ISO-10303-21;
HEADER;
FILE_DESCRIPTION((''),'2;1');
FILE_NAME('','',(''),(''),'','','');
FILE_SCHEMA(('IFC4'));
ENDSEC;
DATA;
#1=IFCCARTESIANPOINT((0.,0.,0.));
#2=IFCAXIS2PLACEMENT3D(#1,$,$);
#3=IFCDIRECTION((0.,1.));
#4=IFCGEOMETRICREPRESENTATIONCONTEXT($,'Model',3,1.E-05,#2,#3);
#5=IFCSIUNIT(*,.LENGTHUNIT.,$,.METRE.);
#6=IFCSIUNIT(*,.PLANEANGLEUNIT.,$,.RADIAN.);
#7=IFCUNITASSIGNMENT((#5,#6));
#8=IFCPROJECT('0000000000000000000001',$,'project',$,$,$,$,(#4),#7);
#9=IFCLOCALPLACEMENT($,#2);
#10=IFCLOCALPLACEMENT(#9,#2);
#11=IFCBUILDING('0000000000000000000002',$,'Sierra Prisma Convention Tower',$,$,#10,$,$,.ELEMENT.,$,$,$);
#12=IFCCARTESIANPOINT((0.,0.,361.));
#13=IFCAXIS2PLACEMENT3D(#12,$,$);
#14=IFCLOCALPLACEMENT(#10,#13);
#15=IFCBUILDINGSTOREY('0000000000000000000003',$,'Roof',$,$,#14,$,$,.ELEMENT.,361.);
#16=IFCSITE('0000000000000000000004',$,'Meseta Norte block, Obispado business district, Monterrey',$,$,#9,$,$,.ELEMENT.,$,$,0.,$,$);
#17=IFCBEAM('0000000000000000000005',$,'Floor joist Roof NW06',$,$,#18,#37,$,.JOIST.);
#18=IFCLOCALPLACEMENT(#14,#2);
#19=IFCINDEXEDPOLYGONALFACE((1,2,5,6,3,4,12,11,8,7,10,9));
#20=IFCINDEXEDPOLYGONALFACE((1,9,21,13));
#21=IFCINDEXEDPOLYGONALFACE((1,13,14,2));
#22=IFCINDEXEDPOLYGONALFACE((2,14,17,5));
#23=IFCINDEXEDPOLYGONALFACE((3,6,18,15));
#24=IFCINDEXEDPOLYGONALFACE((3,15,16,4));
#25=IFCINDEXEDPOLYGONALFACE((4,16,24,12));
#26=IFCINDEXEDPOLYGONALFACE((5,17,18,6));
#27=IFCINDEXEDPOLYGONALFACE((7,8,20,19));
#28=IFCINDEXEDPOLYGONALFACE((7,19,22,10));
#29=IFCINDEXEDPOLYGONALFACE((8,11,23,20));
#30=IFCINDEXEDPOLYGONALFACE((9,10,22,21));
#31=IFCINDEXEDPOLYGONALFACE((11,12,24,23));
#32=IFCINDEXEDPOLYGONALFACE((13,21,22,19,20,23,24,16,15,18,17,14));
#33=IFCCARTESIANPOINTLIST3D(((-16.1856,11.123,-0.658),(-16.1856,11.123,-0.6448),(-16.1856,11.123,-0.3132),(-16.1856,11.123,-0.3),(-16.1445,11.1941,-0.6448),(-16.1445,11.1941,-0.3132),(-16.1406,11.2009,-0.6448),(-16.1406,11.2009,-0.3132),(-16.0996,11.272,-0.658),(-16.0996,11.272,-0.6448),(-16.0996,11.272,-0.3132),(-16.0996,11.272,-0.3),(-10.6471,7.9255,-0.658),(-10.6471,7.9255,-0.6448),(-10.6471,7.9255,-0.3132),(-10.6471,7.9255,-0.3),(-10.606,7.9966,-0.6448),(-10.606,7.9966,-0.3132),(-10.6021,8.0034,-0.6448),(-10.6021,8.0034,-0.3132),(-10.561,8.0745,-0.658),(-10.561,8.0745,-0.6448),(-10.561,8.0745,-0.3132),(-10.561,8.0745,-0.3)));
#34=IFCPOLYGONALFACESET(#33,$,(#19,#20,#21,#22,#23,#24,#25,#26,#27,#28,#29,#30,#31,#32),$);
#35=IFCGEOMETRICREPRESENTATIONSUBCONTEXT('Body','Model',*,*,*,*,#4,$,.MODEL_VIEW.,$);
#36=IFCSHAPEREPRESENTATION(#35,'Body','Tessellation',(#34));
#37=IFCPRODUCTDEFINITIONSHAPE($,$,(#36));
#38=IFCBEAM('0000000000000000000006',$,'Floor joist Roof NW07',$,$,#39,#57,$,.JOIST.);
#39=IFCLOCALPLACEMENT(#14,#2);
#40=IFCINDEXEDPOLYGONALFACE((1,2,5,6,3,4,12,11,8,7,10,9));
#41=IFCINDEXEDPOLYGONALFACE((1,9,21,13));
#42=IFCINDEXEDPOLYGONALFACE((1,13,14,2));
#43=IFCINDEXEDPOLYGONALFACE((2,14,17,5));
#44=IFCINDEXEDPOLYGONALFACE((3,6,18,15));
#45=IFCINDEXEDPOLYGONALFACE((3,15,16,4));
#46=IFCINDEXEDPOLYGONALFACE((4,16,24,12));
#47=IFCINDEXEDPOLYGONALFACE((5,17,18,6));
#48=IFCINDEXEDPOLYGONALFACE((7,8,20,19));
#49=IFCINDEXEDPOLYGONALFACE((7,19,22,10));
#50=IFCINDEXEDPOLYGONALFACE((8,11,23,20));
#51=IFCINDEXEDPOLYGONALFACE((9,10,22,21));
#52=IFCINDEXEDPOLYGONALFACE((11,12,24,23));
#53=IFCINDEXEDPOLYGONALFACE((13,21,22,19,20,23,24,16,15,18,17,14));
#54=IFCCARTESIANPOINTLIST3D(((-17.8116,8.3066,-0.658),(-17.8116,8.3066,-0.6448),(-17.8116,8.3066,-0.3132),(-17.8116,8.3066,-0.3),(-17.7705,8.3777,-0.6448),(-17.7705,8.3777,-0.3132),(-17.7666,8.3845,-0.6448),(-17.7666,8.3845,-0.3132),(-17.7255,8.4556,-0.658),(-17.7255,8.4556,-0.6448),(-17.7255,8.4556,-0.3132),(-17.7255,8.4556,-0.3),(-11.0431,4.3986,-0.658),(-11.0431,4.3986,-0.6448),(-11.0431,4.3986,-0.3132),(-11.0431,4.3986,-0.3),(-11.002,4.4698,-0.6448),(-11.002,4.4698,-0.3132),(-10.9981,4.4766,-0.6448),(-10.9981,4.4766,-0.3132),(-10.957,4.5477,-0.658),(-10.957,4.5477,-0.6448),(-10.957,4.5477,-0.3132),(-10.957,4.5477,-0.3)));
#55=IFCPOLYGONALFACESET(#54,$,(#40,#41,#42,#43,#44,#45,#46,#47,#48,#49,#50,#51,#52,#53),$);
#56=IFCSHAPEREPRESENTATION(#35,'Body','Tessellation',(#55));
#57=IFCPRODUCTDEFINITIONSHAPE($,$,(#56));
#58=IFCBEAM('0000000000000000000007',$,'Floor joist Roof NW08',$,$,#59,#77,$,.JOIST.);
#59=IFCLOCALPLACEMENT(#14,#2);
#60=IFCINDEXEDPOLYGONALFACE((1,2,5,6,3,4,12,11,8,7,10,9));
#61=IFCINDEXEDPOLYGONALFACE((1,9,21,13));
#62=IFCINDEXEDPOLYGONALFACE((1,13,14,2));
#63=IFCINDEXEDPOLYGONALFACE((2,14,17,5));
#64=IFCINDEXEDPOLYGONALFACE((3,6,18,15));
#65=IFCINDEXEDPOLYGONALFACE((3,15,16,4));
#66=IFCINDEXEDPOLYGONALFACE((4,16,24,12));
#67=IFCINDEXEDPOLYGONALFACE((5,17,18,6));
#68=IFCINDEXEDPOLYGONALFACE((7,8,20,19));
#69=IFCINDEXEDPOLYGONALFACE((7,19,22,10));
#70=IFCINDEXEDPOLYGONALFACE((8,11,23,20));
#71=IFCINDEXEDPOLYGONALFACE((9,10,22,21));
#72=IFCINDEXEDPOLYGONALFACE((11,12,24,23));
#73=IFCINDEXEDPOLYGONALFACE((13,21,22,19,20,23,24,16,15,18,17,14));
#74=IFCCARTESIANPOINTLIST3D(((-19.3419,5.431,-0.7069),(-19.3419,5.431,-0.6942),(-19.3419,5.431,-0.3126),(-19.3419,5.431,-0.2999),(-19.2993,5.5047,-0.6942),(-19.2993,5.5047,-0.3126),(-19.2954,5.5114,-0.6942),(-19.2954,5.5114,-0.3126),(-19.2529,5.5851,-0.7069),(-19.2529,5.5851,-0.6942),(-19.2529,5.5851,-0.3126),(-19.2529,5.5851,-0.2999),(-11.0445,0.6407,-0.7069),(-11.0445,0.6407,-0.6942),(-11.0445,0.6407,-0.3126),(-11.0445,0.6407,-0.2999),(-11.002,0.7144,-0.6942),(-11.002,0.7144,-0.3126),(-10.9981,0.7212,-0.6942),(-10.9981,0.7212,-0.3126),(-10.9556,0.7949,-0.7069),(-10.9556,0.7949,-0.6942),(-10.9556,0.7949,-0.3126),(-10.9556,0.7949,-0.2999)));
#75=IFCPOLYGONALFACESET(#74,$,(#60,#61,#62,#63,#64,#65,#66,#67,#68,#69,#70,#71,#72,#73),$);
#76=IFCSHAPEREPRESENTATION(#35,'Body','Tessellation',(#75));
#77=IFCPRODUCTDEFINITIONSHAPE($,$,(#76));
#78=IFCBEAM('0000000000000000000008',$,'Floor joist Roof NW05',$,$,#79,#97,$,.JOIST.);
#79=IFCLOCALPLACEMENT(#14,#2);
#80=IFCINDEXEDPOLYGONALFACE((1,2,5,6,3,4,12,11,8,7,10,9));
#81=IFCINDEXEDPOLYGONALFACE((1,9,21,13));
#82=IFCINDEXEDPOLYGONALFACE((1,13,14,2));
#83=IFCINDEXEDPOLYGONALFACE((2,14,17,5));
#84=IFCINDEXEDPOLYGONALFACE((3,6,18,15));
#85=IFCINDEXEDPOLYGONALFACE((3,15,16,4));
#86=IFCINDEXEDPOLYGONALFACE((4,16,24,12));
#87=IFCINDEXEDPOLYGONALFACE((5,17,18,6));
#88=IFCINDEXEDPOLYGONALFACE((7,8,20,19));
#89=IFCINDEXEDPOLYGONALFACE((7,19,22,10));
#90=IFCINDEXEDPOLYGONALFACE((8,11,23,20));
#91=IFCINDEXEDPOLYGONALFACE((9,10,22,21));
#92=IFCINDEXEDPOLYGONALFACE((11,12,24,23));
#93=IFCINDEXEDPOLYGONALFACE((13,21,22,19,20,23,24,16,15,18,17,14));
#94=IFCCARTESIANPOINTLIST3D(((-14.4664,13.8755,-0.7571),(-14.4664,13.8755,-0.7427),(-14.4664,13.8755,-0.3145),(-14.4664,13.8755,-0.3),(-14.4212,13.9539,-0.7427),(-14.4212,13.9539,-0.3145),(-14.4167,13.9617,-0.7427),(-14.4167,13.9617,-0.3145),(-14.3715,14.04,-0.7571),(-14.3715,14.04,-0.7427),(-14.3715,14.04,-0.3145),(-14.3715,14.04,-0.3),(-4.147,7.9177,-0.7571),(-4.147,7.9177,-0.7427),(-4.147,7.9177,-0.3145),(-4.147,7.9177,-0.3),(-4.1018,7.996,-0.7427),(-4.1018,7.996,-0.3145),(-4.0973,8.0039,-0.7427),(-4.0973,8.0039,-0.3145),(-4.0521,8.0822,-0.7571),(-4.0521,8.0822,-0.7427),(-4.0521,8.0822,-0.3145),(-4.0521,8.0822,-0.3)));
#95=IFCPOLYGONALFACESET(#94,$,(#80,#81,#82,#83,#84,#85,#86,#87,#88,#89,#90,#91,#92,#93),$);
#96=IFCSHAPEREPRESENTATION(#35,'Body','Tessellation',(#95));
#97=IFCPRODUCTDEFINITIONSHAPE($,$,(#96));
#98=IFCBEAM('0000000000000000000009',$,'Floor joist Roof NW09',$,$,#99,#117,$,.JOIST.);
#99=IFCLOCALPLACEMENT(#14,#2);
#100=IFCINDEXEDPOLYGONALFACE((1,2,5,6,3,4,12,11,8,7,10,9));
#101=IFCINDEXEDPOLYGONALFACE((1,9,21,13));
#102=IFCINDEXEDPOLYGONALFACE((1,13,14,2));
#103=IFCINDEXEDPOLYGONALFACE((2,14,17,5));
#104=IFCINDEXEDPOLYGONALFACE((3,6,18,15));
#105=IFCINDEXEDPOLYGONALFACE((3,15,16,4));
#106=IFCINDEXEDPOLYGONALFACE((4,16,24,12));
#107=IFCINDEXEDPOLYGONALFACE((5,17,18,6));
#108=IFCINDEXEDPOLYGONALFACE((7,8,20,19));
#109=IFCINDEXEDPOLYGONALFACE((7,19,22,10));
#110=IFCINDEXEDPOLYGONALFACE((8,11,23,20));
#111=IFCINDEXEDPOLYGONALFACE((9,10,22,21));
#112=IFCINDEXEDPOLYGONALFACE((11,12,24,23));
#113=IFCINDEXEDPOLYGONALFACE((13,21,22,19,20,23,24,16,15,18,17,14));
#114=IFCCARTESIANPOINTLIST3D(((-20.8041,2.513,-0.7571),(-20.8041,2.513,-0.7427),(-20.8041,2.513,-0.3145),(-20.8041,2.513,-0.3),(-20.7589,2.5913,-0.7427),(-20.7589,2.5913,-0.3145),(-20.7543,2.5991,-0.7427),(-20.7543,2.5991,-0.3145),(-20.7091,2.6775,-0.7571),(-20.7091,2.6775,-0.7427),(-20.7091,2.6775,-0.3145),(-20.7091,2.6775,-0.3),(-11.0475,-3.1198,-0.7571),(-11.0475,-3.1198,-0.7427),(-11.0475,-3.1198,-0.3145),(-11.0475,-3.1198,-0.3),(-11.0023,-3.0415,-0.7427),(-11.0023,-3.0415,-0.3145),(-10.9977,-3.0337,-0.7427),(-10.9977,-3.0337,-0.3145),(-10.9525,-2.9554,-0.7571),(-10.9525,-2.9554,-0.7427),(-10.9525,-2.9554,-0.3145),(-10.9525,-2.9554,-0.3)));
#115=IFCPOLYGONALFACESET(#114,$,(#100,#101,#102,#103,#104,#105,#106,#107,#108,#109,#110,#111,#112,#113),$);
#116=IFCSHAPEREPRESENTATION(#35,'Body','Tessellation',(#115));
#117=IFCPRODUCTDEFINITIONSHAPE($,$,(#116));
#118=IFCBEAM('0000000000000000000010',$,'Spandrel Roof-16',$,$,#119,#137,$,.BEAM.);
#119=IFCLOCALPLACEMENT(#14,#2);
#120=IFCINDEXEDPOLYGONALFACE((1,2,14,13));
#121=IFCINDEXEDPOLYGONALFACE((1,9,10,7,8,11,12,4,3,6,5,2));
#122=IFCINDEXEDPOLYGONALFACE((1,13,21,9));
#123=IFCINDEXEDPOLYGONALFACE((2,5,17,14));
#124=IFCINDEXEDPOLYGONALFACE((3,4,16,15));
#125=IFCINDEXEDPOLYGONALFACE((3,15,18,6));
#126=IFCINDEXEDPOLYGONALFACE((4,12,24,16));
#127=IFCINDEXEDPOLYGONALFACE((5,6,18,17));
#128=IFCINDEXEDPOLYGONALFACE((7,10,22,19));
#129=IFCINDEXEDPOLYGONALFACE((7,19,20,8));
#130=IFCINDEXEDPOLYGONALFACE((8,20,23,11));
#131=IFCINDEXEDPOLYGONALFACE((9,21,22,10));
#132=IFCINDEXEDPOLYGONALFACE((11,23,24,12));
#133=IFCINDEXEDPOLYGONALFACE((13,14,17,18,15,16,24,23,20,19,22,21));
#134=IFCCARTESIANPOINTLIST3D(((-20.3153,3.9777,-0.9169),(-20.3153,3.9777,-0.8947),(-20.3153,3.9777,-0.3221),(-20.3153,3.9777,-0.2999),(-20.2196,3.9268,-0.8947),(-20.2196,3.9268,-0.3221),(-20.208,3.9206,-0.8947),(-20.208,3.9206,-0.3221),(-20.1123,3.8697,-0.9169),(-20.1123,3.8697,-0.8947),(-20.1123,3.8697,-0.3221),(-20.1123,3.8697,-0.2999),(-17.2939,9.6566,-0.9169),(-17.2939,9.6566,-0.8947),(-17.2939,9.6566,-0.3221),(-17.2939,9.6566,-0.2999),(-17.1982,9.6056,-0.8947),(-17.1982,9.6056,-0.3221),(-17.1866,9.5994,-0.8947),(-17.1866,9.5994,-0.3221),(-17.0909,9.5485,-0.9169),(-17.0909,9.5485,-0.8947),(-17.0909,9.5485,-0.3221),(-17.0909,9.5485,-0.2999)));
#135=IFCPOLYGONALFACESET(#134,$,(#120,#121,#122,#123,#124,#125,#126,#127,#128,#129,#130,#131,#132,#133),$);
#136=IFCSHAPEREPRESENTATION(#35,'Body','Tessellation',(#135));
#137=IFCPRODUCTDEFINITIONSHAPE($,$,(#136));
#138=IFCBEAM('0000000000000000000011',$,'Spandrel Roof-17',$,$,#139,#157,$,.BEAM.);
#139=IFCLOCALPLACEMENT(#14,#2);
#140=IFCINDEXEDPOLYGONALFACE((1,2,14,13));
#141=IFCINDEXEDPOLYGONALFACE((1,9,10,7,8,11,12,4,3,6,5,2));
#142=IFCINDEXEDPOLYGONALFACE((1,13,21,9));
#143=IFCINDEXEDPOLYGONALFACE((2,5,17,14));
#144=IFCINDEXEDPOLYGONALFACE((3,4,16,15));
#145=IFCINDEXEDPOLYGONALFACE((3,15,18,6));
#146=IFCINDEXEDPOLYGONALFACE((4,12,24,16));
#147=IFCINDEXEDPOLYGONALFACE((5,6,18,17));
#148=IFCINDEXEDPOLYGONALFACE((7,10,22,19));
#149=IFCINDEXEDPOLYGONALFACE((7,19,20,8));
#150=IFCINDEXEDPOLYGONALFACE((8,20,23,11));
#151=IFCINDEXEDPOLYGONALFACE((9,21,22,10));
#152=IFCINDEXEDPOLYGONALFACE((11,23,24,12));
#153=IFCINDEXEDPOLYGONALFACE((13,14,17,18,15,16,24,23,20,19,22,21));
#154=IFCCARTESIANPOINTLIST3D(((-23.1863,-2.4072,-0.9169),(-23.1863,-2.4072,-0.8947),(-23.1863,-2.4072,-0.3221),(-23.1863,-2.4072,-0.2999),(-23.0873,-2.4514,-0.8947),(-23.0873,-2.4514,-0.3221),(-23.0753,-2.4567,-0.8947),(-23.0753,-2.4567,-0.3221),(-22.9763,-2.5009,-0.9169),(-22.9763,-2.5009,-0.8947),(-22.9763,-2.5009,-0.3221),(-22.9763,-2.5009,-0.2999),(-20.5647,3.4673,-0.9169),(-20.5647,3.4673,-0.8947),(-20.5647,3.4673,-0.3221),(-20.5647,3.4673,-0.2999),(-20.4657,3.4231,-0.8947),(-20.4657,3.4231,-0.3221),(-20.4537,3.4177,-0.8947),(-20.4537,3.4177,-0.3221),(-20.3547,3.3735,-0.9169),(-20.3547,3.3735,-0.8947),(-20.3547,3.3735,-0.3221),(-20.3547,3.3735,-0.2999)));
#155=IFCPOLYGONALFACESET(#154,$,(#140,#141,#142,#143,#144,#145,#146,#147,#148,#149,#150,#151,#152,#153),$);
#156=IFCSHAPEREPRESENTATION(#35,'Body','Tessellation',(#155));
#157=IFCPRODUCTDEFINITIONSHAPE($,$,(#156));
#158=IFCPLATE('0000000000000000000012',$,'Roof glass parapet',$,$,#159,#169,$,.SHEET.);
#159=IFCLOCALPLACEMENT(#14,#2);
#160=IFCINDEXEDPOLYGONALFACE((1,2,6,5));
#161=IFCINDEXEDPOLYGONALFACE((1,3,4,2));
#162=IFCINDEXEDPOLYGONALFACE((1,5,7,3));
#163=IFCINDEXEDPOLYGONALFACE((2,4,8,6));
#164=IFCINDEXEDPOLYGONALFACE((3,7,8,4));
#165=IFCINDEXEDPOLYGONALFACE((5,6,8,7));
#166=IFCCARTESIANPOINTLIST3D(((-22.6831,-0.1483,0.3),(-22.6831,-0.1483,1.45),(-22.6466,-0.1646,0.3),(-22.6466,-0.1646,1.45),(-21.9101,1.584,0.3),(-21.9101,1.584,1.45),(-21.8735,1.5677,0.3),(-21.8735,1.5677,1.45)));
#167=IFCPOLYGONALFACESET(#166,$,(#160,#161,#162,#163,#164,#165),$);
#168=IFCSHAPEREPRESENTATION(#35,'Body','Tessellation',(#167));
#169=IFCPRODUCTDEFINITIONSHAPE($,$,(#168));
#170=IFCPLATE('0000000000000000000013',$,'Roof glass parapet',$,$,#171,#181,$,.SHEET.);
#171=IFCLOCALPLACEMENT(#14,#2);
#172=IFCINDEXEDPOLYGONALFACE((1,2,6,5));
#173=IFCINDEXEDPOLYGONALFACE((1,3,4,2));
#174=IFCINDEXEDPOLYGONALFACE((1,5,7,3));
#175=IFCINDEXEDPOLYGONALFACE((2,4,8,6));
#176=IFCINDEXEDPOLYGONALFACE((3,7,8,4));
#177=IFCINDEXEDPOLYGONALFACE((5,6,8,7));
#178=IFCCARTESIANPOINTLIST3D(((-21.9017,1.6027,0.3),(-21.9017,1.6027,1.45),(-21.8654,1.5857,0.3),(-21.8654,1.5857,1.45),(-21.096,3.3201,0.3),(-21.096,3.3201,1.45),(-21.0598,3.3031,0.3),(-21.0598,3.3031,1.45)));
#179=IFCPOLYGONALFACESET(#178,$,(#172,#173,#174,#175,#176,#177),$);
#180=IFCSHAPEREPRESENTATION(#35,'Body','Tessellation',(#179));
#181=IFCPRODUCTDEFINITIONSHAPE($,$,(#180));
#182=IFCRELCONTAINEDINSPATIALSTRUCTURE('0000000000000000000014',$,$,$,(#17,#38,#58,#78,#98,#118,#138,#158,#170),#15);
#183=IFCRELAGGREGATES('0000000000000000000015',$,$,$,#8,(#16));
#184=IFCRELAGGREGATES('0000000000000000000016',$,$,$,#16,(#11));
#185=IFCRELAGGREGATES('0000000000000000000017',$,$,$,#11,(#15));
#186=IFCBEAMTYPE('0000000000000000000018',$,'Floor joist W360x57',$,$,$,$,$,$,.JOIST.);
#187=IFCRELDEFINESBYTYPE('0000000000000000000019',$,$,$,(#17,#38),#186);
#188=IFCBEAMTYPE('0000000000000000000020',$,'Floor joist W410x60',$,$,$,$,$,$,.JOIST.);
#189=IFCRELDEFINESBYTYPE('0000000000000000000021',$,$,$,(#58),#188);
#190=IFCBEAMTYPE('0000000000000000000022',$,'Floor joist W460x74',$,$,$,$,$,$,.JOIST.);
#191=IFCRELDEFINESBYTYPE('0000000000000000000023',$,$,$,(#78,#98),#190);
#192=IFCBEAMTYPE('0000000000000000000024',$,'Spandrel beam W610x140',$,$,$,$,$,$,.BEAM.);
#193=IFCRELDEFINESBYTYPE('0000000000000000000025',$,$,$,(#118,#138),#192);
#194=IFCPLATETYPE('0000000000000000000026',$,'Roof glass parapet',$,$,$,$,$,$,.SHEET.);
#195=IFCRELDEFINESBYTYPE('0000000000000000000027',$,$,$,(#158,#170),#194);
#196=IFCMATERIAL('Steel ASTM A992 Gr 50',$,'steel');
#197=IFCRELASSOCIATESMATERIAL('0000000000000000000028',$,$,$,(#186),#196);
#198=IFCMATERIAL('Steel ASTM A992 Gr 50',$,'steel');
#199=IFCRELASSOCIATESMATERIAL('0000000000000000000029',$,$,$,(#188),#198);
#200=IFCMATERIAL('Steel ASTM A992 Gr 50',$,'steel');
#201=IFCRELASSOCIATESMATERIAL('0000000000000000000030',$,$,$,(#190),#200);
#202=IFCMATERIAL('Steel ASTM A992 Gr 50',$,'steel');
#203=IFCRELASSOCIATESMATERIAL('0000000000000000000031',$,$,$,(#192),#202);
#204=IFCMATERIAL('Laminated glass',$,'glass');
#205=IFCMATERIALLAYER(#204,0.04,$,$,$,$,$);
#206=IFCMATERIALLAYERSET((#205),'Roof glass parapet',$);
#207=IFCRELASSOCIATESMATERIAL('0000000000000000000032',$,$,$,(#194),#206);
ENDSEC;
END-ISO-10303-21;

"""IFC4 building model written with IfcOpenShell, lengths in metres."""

from ifc_helpers import new_model, si_unit, direction, frame, origin, origin_2d, place, context, subcontext, project, spatial, rectangle, i_section, extrude, material, layer, layer_set, material_profile, profile_set, type_object, element, save


model = new_model("IFC4")

# Units and contexts
model_context = context("Model", 3, precision=1e-05, world=origin(), true_north=direction((0.0, 1.0)))
body_context = subcontext(model_context, "Body", "Model", "MODEL_VIEW")
ifc_project = project(units=[si_unit("LENGTHUNIT", "METRE"), si_unit("PLANEANGLEUNIT", "RADIAN")], contexts=[model_context])

# Site, building, storey
site_placement = place(None, origin())
site = spatial("IfcSite", under=ifc_project, at=site_placement, Name="Meseta Norte block, Obispado business district, Monterrey", CompositionType="ELEMENT", RefElevation=0.0)
building_placement = place(site_placement, origin())
building = spatial("IfcBuilding", under=site, at=building_placement, Name="Sierra Prisma Convention Tower", CompositionType="ELEMENT")
storey_placement = place(building_placement, frame((0.0, 0.0, 361.0)))
storey = spatial("IfcBuildingStorey", under=building, at=storey_placement, Name="Roof", CompositionType="ELEMENT", Elevation=361.0)

# Beams
ifc_material_1 = material(Name="Steel ASTM A992 Gr 50", Category="steel")
ifc_material_profile_1 = material_profile(ifc_material_1, i_section(OverallWidth=0.1721, OverallDepth=0.3579, WebThickness=0.0078, FlangeThickness=0.0132, at=origin_2d()), Name="W360x57")
ifc_profile_set_1 = profile_set([ifc_material_profile_1], Name="Steel ASTM A992 Gr 50")
beam_type_1 = type_object("IfcBeamType", Name="Floor joist W360x57", PredefinedType="JOIST", material=ifc_profile_set_1)
beam_1_placement = place(storey_placement, frame((-16.1426, 11.1975, -0.479), z_axis=(0.866038, -0.499978, 0.0), x_axis=(0.499978, 0.866038, 0.0)))
element("IfcBeam", 1, at=beam_1_placement, inside=storey, type_object=beam_type_1, Name="Floor joist Roof NW06", PredefinedType="JOIST", context=body_context, shape_type="SweptSolid", body=[
    extrude(i_section(OverallWidth=0.1721, OverallDepth=0.3579, WebThickness=0.0078, FlangeThickness=0.0132, at=origin_2d()), origin(), (0.0, 0.0, 1.0), 6.3953),
])
beam_2_placement = place(storey_placement, frame((-17.7686, 8.3811, -0.479), z_axis=(0.866018, -0.500013, 0.0), x_axis=(0.500013, 0.866018, 0.0)))
element("IfcBeam", 2, at=beam_2_placement, inside=storey, type_object=beam_type_1, Name="Floor joist Roof NW07", PredefinedType="JOIST", context=body_context, shape_type="SweptSolid", body=[
    extrude(i_section(OverallWidth=0.1721, OverallDepth=0.3579, WebThickness=0.0078, FlangeThickness=0.0132, at=origin_2d()), origin(), (0.0, 0.0, 1.0), 7.8157),
])
ifc_material_2 = material(Name="Steel ASTM A992 Gr 50", Category="steel")
ifc_material_profile_2 = material_profile(ifc_material_2, i_section(OverallWidth=0.178, OverallDepth=0.407, WebThickness=0.0078, FlangeThickness=0.0127, at=origin_2d()), Name="W410x60")
ifc_profile_set_2 = profile_set([ifc_material_profile_2], Name="Steel ASTM A992 Gr 50")
beam_type_2 = type_object("IfcBeamType", Name="Floor joist W410x60", PredefinedType="JOIST", material=ifc_profile_set_2)
beam_3_placement = place(storey_placement, frame((-19.2974, 5.5081, -0.5034), z_axis=(0.866035, -0.499984, 0.0), x_axis=(0.499984, 0.866035, 0.0)))
element("IfcBeam", 3, at=beam_3_placement, inside=storey, type_object=beam_type_2, Name="Floor joist Roof NW08", PredefinedType="JOIST", context=body_context, shape_type="SweptSolid", body=[
    extrude(i_section(OverallWidth=0.178, OverallDepth=0.407, WebThickness=0.0078, FlangeThickness=0.0127, at=origin_2d()), origin(), (0.0, 0.0, 1.0), 9.5808),
])
ifc_material_3 = material(Name="Steel ASTM A992 Gr 50", Category="steel")
ifc_material_profile_3 = material_profile(ifc_material_3, i_section(OverallWidth=0.1899, OverallDepth=0.457, WebThickness=0.009, FlangeThickness=0.0144, at=origin_2d()), Name="W460x74")
ifc_profile_set_3 = profile_set([ifc_material_profile_3], Name="Steel ASTM A992 Gr 50")
beam_type_3 = type_object("IfcBeamType", Name="Floor joist W460x74", PredefinedType="JOIST", material=ifc_profile_set_3)
beam_4_placement = place(storey_placement, frame((-14.4189, 13.9578, -0.5286), z_axis=(0.866029, -0.499993, 0.0), x_axis=(0.499993, 0.866029, 0.0)))
element("IfcBeam", 4, at=beam_4_placement, inside=storey, type_object=beam_type_3, Name="Floor joist Roof NW05", PredefinedType="JOIST", context=body_context, shape_type="SweptSolid", body=[
    extrude(i_section(OverallWidth=0.1899, OverallDepth=0.457, WebThickness=0.009, FlangeThickness=0.0144, at=origin_2d()), origin(), (0.0, 0.0, 1.0), 11.9158),
])
beam_5_placement = place(storey_placement, frame((-20.7566, 2.5952, -0.5286), z_axis=(0.866031, -0.499989, 0.0), x_axis=(0.499989, 0.866031, 0.0)))
element("IfcBeam", 5, at=beam_5_placement, inside=storey, type_object=beam_type_3, Name="Floor joist Roof NW09", PredefinedType="JOIST", context=body_context, shape_type="SweptSolid", body=[
    extrude(i_section(OverallWidth=0.1899, OverallDepth=0.457, WebThickness=0.009, FlangeThickness=0.0144, at=origin_2d()), origin(), (0.0, 0.0, 1.0), 11.2659),
])
ifc_material_4 = material(Name="Steel ASTM A992 Gr 50", Category="steel")
ifc_material_profile_4 = material_profile(ifc_material_4, i_section(OverallWidth=0.23, OverallDepth=0.6169, WebThickness=0.0132, FlangeThickness=0.0222, at=origin_2d()), Name="W610x140")
ifc_profile_set_4 = profile_set([ifc_material_profile_4], Name="Steel ASTM A992 Gr 50")
beam_type_4 = type_object("IfcBeamType", Name="Spandrel beam W610x140", PredefinedType="BEAM", material=ifc_profile_set_4)
beam_6_placement = place(storey_placement, frame((-17.1924, 9.6025, -0.6084), z_axis=(-0.469705, -0.882823, 0.0), x_axis=(0.882823, -0.469705, 0.0)))
element("IfcBeam", 6, at=beam_6_placement, inside=storey, type_object=beam_type_4, Name="Spandrel Roof-16", PredefinedType="BEAM", context=body_context, shape_type="SweptSolid", body=[
    extrude(i_section(OverallWidth=0.23, OverallDepth=0.6169, WebThickness=0.0132, FlangeThickness=0.0222, at=origin_2d()), origin(), (0.0, 0.0, 1.0), 6.4326),
])
beam_7_placement = place(storey_placement, frame((-20.4597, 3.4204, -0.6084), z_axis=(-0.407525, -0.913194, 0.0), x_axis=(0.913194, -0.407525, 0.0)))
element("IfcBeam", 7, at=beam_7_placement, inside=storey, type_object=beam_type_4, Name="Spandrel Roof-17", PredefinedType="BEAM", context=body_context, shape_type="SweptSolid", body=[
    extrude(i_section(OverallWidth=0.23, OverallDepth=0.6169, WebThickness=0.0132, FlangeThickness=0.0222, at=origin_2d()), origin(), (0.0, 0.0, 1.0), 6.4329),
])

# Plates
ifc_material_5 = material(Name="Laminated glass", Category="glass")
ifc_layer_1 = layer(ifc_material_5, 0.04)
ifc_layer_set_1 = layer_set([ifc_layer_1], Name="Roof glass parapet")
plate_type = type_object("IfcPlateType", Name="Roof glass parapet", PredefinedType="SHEET", material=ifc_layer_set_1)
for number, where, z_axis, x_axis, name in (
    (8, (-22.2783, 0.7097, 0.3), (0.0, 0.0, 1.0), (0.407534, 0.91319, 0.0), "Roof glass parapet"),
    (9, (-21.4807, 2.4529, 0.3), (0.0, 0.0, 1.0), (0.424704, 0.905332, 0.0), "Roof glass parapet"),
):
    element("IfcPlate", number, at=place(storey_placement, frame(where, z_axis=z_axis, x_axis=x_axis)), inside=storey, type_object=plate_type, Name=name, PredefinedType="SHEET", context=body_context, shape_type="SweptSolid", body=[
        extrude(rectangle(XDim=1.897, YDim=0.04, at=origin_2d()), origin(), (0.0, 0.0, 1.0), 1.1499),
    ])

save(model, "model.ifc")
